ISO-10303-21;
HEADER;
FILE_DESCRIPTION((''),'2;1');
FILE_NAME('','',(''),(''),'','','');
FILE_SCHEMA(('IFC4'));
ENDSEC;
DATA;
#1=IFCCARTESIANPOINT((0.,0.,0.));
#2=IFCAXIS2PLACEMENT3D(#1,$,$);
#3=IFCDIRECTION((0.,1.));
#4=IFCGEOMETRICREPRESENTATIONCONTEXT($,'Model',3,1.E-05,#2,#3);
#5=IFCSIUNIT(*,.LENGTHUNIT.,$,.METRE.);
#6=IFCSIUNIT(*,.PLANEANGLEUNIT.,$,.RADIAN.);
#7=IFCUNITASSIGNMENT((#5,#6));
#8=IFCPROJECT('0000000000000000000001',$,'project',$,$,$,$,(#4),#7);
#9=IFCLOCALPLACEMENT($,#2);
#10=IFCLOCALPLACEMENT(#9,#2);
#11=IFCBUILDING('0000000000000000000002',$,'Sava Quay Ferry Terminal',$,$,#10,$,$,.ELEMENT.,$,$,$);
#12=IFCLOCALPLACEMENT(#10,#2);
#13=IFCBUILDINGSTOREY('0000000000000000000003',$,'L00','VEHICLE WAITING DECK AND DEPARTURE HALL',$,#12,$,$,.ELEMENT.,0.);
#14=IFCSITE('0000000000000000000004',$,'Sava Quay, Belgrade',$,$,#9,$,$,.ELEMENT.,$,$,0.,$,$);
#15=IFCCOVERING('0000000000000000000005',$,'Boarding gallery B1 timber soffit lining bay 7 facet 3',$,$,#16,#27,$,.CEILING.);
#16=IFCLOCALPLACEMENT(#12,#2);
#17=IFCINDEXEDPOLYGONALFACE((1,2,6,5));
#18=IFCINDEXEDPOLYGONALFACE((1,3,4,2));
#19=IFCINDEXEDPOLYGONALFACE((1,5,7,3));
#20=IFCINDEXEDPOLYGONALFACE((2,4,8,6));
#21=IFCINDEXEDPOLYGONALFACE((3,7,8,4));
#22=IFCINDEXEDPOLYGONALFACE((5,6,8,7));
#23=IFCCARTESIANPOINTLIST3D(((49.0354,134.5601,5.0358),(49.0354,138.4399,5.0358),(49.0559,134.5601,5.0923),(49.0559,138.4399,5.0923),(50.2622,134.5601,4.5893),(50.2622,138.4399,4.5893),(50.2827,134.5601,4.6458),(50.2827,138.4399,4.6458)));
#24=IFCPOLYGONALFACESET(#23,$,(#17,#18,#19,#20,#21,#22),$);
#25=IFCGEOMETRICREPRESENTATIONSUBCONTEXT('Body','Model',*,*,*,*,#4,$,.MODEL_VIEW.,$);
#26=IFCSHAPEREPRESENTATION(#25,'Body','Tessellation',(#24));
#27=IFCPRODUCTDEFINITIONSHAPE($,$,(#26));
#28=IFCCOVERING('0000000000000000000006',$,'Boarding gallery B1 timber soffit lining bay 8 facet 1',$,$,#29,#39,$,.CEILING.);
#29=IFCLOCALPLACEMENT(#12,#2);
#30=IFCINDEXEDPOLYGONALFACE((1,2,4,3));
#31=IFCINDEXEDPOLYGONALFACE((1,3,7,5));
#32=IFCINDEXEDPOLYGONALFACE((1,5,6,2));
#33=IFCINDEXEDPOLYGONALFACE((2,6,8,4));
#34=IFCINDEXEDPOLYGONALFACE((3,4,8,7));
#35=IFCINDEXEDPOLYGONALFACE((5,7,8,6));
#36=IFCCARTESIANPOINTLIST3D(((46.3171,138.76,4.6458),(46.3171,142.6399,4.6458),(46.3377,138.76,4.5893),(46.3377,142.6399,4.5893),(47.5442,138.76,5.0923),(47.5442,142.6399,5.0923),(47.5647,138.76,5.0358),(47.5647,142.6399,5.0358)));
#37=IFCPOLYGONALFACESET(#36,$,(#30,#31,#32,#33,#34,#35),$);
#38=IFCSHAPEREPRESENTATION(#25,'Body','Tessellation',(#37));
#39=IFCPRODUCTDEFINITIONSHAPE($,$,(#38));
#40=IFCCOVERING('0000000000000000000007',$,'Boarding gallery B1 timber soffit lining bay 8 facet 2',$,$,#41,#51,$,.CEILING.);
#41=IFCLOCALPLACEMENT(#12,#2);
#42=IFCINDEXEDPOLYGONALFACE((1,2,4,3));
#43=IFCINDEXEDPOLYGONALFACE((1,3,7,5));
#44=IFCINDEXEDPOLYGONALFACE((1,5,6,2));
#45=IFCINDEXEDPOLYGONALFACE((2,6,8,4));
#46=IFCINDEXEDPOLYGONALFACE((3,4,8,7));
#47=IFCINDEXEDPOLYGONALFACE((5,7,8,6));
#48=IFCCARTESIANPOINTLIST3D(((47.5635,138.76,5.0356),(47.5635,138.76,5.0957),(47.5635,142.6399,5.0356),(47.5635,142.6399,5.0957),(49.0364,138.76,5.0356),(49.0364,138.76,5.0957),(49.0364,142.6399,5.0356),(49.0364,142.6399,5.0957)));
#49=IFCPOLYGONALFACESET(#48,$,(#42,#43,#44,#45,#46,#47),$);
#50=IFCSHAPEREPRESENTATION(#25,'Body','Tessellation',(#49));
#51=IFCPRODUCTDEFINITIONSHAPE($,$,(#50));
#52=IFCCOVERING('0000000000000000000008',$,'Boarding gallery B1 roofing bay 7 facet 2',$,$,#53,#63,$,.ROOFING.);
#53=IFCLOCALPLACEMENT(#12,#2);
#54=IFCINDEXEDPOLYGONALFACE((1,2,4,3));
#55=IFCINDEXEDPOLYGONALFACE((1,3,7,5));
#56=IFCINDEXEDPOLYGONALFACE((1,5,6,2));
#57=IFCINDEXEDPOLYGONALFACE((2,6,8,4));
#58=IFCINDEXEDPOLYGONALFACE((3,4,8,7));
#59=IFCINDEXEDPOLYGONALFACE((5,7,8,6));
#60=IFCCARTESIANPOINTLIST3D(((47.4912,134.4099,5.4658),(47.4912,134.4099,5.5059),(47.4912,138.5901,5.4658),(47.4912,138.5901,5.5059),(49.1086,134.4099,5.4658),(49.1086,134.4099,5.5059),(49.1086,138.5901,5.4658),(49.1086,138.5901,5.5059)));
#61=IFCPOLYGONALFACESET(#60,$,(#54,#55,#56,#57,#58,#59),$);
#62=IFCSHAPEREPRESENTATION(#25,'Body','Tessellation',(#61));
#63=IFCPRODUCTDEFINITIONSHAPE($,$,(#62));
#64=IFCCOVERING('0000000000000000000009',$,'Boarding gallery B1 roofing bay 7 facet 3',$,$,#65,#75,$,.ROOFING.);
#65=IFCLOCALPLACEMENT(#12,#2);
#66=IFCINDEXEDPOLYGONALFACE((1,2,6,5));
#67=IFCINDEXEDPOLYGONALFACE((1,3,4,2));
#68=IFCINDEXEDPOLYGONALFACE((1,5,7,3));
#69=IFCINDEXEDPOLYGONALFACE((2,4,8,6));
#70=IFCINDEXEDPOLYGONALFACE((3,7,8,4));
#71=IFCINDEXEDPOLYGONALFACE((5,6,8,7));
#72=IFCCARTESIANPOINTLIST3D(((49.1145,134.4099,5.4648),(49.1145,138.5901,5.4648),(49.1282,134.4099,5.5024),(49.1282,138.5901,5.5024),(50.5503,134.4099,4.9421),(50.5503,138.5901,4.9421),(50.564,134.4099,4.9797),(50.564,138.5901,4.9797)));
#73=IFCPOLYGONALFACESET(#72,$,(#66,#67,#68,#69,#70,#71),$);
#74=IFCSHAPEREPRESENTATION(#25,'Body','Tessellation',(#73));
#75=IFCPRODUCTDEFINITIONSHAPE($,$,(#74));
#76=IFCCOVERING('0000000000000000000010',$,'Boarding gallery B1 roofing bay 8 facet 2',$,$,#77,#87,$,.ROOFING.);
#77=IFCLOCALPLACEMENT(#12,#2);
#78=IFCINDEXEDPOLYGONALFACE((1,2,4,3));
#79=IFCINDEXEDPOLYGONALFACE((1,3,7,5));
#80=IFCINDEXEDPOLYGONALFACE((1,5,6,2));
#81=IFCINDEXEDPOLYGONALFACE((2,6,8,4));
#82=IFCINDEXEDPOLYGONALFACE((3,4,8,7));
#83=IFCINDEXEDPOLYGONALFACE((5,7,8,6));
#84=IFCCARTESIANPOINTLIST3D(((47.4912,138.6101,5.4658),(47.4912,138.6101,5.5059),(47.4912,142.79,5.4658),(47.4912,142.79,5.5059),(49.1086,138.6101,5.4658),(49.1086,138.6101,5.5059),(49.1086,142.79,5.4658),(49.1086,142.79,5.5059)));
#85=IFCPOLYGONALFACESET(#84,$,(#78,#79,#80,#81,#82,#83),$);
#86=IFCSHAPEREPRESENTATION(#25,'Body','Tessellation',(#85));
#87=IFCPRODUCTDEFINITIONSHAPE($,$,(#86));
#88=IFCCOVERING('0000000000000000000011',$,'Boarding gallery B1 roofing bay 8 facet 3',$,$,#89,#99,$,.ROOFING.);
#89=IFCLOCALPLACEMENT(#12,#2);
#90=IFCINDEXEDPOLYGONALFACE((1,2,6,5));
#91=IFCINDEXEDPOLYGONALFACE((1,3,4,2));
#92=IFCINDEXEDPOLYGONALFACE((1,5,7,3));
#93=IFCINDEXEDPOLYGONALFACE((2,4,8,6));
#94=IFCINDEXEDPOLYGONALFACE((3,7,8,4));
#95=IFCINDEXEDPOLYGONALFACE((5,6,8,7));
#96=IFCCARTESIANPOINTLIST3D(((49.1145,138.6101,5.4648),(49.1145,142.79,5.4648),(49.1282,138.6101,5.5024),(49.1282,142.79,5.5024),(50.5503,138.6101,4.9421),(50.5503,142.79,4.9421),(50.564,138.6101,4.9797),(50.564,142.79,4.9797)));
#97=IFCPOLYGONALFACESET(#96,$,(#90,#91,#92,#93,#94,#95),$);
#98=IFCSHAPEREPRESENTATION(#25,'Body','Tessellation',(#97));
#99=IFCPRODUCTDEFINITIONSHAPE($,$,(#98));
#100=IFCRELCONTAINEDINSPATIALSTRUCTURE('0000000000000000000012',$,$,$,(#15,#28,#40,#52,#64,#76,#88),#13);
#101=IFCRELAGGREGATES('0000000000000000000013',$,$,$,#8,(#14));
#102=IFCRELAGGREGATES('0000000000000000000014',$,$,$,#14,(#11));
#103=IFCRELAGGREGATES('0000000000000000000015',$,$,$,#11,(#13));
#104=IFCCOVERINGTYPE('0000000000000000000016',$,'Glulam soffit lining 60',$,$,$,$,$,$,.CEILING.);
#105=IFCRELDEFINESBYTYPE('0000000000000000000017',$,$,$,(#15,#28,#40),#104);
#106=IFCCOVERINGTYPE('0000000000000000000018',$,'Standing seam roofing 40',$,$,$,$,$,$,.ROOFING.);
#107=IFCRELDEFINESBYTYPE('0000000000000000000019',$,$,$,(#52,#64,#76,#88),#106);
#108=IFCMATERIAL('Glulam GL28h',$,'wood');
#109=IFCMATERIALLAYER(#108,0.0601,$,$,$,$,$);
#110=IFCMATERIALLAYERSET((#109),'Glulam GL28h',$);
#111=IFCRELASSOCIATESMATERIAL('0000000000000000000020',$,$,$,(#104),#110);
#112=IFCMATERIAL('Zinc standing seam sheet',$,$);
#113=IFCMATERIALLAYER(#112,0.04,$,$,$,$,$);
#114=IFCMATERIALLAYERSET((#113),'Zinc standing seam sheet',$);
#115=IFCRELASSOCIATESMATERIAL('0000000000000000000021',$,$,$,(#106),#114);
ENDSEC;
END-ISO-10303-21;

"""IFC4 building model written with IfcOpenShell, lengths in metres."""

from ifc_helpers import new_model, si_unit, direction, frame, origin, place, context, subcontext, project, spatial, polyline, outline, extrude, material, layer, layer_set, type_object, element, save


model = new_model("IFC4")

# Units and contexts
model_context = context("Model", 3, precision=1e-05, world=origin(), true_north=direction((0.0, 1.0)))
body_context = subcontext(model_context, "Body", "Model", "MODEL_VIEW")
ifc_project = project(units=[si_unit("LENGTHUNIT", "METRE"), si_unit("PLANEANGLEUNIT", "RADIAN")], contexts=[model_context])

# Site, building, storey
site_placement = place(None, origin())
site = spatial("IfcSite", under=ifc_project, at=site_placement, Name="Sava Quay, Belgrade", CompositionType="ELEMENT", RefElevation=0.0)
building_placement = place(site_placement, origin())
building = spatial("IfcBuilding", under=site, at=building_placement, Name="Sava Quay Ferry Terminal", CompositionType="ELEMENT")
storey_placement = place(building_placement, origin())
storey = spatial("IfcBuildingStorey", under=building, at=storey_placement, Name="L00", Description="VEHICLE WAITING DECK AND DEPARTURE HALL", CompositionType="ELEMENT", Elevation=0.0)

# Coverings
ifc_material_1 = material(Name="Glulam GL28h", Category="wood")
ifc_layer_1 = layer(ifc_material_1, 0.0601)
ifc_layer_set_1 = layer_set([ifc_layer_1], Name="Glulam GL28h")
covering_type_1 = type_object("IfcCoveringType", Name="Glulam soffit lining 60", PredefinedType="CEILING", material=ifc_layer_set_1)
covering_1_placement = place(storey_placement, frame((49.0559, 134.5601, 5.0923), z_axis=(0.342028, 0.0, 0.93969), x_axis=(0.93969, 0.0, -0.342028)))
element("IfcCovering", 1, at=covering_1_placement, inside=storey, type_object=covering_type_1, Name="Boarding gallery B1 timber soffit lining bay 7 facet 3", PredefinedType="CEILING", context=body_context, shape_type="SweptSolid", body=[
    extrude(outline(polyline([(0.0, 0.0), (1.3055, 0.0), (1.3055, 3.8799), (0.0, 3.8799), (0.0, 0.0)])), origin(), (0.0, 0.0, -1.0), 0.0601),
])
covering_2_placement = place(storey_placement, frame((46.3171, 138.76, 4.6458), z_axis=(-0.341968, 0.0, 0.939712), x_axis=(0.939712, 0.0, 0.341968)))
element("IfcCovering", 2, at=covering_2_placement, inside=storey, type_object=covering_type_1, Name="Boarding gallery B1 timber soffit lining bay 8 facet 1", PredefinedType="CEILING", context=body_context, shape_type="SweptSolid", body=[
    extrude(outline(polyline([(0.0, 0.0), (1.3058, 0.0), (1.3058, 3.8799), (0.0, 3.8799), (0.0, 0.0)])), origin(), (0.0, 0.0, -1.0), 0.0601),
])
covering_3_placement = place(storey_placement, frame((47.5635, 138.76, 5.0957), z_axis=(0.0, 0.0, 1.0), x_axis=(1.0, 0.0, 0.0)))
element("IfcCovering", 3, at=covering_3_placement, inside=storey, type_object=covering_type_1, Name="Boarding gallery B1 timber soffit lining bay 8 facet 2", PredefinedType="CEILING", context=body_context, shape_type="SweptSolid", body=[
    extrude(outline(polyline([(0.0, 0.0), (1.4729, 0.0), (1.4729, 3.8799), (0.0, 3.8799), (0.0, 0.0)])), origin(), (0.0, 0.0, -1.0), 0.0601),
])
ifc_material_2 = material(Name="Zinc standing seam sheet")
ifc_layer_2 = layer(ifc_material_2, 0.04)
ifc_layer_set_2 = layer_set([ifc_layer_2], Name="Zinc standing seam sheet")
covering_type_2 = type_object("IfcCoveringType", Name="Standing seam roofing 40", PredefinedType="ROOFING", material=ifc_layer_set_2)
covering_4_placement = place(storey_placement, frame((47.4912, 134.4099, 5.5059), z_axis=(0.0, 0.0, 1.0), x_axis=(1.0, 0.0, 0.0)))
element("IfcCovering", 4, at=covering_4_placement, inside=storey, type_object=covering_type_2, Name="Boarding gallery B1 roofing bay 7 facet 2", PredefinedType="ROOFING", context=body_context, shape_type="SweptSolid", body=[
    extrude(outline(polyline([(0.0, 0.0), (1.6174, 0.0), (1.6174, 4.1802), (0.0, 4.1802), (0.0, 0.0)])), origin(), (0.0, 0.0, -1.0), 0.04),
])
covering_5_placement = place(storey_placement, frame((49.1282, 134.4099, 5.5024), z_axis=(0.342089, 0.0, 0.939667), x_axis=(0.939667, 0.0, -0.342089)))
element("IfcCovering", 5, at=covering_5_placement, inside=storey, type_object=covering_type_2, Name="Boarding gallery B1 roofing bay 7 facet 3", PredefinedType="ROOFING", context=body_context, shape_type="SweptSolid", body=[
    extrude(outline(polyline([(0.0, 0.0), (1.528, 0.0), (1.528, 4.1802), (0.0, 4.1802), (0.0, 0.0)])), origin(), (0.0, 0.0, -1.0), 0.04),
])
covering_6_placement = place(storey_placement, frame((47.4912, 138.6101, 5.5059), z_axis=(0.0, 0.0, 1.0), x_axis=(1.0, 0.0, 0.0)))
element("IfcCovering", 6, at=covering_6_placement, inside=storey, type_object=covering_type_2, Name="Boarding gallery B1 roofing bay 8 facet 2", PredefinedType="ROOFING", context=body_context, shape_type="SweptSolid", body=[
    extrude(outline(polyline([(0.0, 0.0), (1.6174, 0.0), (1.6174, 4.1799), (0.0, 4.1799), (0.0, 0.0)])), origin(), (0.0, 0.0, -1.0), 0.04),
])
covering_7_placement = place(storey_placement, frame((49.1282, 138.6101, 5.5024), z_axis=(0.342089, 0.0, 0.939667), x_axis=(0.939667, 0.0, -0.342089)))
element("IfcCovering", 7, at=covering_7_placement, inside=storey, type_object=covering_type_2, Name="Boarding gallery B1 roofing bay 8 facet 3", PredefinedType="ROOFING", context=body_context, shape_type="SweptSolid", body=[
    extrude(outline(polyline([(0.0, 0.0), (1.528, 0.0), (1.528, 4.1799), (0.0, 4.1799), (0.0, 0.0)])), origin(), (0.0, 0.0, -1.0), 0.04),
])

save(model, "model.ifc")
